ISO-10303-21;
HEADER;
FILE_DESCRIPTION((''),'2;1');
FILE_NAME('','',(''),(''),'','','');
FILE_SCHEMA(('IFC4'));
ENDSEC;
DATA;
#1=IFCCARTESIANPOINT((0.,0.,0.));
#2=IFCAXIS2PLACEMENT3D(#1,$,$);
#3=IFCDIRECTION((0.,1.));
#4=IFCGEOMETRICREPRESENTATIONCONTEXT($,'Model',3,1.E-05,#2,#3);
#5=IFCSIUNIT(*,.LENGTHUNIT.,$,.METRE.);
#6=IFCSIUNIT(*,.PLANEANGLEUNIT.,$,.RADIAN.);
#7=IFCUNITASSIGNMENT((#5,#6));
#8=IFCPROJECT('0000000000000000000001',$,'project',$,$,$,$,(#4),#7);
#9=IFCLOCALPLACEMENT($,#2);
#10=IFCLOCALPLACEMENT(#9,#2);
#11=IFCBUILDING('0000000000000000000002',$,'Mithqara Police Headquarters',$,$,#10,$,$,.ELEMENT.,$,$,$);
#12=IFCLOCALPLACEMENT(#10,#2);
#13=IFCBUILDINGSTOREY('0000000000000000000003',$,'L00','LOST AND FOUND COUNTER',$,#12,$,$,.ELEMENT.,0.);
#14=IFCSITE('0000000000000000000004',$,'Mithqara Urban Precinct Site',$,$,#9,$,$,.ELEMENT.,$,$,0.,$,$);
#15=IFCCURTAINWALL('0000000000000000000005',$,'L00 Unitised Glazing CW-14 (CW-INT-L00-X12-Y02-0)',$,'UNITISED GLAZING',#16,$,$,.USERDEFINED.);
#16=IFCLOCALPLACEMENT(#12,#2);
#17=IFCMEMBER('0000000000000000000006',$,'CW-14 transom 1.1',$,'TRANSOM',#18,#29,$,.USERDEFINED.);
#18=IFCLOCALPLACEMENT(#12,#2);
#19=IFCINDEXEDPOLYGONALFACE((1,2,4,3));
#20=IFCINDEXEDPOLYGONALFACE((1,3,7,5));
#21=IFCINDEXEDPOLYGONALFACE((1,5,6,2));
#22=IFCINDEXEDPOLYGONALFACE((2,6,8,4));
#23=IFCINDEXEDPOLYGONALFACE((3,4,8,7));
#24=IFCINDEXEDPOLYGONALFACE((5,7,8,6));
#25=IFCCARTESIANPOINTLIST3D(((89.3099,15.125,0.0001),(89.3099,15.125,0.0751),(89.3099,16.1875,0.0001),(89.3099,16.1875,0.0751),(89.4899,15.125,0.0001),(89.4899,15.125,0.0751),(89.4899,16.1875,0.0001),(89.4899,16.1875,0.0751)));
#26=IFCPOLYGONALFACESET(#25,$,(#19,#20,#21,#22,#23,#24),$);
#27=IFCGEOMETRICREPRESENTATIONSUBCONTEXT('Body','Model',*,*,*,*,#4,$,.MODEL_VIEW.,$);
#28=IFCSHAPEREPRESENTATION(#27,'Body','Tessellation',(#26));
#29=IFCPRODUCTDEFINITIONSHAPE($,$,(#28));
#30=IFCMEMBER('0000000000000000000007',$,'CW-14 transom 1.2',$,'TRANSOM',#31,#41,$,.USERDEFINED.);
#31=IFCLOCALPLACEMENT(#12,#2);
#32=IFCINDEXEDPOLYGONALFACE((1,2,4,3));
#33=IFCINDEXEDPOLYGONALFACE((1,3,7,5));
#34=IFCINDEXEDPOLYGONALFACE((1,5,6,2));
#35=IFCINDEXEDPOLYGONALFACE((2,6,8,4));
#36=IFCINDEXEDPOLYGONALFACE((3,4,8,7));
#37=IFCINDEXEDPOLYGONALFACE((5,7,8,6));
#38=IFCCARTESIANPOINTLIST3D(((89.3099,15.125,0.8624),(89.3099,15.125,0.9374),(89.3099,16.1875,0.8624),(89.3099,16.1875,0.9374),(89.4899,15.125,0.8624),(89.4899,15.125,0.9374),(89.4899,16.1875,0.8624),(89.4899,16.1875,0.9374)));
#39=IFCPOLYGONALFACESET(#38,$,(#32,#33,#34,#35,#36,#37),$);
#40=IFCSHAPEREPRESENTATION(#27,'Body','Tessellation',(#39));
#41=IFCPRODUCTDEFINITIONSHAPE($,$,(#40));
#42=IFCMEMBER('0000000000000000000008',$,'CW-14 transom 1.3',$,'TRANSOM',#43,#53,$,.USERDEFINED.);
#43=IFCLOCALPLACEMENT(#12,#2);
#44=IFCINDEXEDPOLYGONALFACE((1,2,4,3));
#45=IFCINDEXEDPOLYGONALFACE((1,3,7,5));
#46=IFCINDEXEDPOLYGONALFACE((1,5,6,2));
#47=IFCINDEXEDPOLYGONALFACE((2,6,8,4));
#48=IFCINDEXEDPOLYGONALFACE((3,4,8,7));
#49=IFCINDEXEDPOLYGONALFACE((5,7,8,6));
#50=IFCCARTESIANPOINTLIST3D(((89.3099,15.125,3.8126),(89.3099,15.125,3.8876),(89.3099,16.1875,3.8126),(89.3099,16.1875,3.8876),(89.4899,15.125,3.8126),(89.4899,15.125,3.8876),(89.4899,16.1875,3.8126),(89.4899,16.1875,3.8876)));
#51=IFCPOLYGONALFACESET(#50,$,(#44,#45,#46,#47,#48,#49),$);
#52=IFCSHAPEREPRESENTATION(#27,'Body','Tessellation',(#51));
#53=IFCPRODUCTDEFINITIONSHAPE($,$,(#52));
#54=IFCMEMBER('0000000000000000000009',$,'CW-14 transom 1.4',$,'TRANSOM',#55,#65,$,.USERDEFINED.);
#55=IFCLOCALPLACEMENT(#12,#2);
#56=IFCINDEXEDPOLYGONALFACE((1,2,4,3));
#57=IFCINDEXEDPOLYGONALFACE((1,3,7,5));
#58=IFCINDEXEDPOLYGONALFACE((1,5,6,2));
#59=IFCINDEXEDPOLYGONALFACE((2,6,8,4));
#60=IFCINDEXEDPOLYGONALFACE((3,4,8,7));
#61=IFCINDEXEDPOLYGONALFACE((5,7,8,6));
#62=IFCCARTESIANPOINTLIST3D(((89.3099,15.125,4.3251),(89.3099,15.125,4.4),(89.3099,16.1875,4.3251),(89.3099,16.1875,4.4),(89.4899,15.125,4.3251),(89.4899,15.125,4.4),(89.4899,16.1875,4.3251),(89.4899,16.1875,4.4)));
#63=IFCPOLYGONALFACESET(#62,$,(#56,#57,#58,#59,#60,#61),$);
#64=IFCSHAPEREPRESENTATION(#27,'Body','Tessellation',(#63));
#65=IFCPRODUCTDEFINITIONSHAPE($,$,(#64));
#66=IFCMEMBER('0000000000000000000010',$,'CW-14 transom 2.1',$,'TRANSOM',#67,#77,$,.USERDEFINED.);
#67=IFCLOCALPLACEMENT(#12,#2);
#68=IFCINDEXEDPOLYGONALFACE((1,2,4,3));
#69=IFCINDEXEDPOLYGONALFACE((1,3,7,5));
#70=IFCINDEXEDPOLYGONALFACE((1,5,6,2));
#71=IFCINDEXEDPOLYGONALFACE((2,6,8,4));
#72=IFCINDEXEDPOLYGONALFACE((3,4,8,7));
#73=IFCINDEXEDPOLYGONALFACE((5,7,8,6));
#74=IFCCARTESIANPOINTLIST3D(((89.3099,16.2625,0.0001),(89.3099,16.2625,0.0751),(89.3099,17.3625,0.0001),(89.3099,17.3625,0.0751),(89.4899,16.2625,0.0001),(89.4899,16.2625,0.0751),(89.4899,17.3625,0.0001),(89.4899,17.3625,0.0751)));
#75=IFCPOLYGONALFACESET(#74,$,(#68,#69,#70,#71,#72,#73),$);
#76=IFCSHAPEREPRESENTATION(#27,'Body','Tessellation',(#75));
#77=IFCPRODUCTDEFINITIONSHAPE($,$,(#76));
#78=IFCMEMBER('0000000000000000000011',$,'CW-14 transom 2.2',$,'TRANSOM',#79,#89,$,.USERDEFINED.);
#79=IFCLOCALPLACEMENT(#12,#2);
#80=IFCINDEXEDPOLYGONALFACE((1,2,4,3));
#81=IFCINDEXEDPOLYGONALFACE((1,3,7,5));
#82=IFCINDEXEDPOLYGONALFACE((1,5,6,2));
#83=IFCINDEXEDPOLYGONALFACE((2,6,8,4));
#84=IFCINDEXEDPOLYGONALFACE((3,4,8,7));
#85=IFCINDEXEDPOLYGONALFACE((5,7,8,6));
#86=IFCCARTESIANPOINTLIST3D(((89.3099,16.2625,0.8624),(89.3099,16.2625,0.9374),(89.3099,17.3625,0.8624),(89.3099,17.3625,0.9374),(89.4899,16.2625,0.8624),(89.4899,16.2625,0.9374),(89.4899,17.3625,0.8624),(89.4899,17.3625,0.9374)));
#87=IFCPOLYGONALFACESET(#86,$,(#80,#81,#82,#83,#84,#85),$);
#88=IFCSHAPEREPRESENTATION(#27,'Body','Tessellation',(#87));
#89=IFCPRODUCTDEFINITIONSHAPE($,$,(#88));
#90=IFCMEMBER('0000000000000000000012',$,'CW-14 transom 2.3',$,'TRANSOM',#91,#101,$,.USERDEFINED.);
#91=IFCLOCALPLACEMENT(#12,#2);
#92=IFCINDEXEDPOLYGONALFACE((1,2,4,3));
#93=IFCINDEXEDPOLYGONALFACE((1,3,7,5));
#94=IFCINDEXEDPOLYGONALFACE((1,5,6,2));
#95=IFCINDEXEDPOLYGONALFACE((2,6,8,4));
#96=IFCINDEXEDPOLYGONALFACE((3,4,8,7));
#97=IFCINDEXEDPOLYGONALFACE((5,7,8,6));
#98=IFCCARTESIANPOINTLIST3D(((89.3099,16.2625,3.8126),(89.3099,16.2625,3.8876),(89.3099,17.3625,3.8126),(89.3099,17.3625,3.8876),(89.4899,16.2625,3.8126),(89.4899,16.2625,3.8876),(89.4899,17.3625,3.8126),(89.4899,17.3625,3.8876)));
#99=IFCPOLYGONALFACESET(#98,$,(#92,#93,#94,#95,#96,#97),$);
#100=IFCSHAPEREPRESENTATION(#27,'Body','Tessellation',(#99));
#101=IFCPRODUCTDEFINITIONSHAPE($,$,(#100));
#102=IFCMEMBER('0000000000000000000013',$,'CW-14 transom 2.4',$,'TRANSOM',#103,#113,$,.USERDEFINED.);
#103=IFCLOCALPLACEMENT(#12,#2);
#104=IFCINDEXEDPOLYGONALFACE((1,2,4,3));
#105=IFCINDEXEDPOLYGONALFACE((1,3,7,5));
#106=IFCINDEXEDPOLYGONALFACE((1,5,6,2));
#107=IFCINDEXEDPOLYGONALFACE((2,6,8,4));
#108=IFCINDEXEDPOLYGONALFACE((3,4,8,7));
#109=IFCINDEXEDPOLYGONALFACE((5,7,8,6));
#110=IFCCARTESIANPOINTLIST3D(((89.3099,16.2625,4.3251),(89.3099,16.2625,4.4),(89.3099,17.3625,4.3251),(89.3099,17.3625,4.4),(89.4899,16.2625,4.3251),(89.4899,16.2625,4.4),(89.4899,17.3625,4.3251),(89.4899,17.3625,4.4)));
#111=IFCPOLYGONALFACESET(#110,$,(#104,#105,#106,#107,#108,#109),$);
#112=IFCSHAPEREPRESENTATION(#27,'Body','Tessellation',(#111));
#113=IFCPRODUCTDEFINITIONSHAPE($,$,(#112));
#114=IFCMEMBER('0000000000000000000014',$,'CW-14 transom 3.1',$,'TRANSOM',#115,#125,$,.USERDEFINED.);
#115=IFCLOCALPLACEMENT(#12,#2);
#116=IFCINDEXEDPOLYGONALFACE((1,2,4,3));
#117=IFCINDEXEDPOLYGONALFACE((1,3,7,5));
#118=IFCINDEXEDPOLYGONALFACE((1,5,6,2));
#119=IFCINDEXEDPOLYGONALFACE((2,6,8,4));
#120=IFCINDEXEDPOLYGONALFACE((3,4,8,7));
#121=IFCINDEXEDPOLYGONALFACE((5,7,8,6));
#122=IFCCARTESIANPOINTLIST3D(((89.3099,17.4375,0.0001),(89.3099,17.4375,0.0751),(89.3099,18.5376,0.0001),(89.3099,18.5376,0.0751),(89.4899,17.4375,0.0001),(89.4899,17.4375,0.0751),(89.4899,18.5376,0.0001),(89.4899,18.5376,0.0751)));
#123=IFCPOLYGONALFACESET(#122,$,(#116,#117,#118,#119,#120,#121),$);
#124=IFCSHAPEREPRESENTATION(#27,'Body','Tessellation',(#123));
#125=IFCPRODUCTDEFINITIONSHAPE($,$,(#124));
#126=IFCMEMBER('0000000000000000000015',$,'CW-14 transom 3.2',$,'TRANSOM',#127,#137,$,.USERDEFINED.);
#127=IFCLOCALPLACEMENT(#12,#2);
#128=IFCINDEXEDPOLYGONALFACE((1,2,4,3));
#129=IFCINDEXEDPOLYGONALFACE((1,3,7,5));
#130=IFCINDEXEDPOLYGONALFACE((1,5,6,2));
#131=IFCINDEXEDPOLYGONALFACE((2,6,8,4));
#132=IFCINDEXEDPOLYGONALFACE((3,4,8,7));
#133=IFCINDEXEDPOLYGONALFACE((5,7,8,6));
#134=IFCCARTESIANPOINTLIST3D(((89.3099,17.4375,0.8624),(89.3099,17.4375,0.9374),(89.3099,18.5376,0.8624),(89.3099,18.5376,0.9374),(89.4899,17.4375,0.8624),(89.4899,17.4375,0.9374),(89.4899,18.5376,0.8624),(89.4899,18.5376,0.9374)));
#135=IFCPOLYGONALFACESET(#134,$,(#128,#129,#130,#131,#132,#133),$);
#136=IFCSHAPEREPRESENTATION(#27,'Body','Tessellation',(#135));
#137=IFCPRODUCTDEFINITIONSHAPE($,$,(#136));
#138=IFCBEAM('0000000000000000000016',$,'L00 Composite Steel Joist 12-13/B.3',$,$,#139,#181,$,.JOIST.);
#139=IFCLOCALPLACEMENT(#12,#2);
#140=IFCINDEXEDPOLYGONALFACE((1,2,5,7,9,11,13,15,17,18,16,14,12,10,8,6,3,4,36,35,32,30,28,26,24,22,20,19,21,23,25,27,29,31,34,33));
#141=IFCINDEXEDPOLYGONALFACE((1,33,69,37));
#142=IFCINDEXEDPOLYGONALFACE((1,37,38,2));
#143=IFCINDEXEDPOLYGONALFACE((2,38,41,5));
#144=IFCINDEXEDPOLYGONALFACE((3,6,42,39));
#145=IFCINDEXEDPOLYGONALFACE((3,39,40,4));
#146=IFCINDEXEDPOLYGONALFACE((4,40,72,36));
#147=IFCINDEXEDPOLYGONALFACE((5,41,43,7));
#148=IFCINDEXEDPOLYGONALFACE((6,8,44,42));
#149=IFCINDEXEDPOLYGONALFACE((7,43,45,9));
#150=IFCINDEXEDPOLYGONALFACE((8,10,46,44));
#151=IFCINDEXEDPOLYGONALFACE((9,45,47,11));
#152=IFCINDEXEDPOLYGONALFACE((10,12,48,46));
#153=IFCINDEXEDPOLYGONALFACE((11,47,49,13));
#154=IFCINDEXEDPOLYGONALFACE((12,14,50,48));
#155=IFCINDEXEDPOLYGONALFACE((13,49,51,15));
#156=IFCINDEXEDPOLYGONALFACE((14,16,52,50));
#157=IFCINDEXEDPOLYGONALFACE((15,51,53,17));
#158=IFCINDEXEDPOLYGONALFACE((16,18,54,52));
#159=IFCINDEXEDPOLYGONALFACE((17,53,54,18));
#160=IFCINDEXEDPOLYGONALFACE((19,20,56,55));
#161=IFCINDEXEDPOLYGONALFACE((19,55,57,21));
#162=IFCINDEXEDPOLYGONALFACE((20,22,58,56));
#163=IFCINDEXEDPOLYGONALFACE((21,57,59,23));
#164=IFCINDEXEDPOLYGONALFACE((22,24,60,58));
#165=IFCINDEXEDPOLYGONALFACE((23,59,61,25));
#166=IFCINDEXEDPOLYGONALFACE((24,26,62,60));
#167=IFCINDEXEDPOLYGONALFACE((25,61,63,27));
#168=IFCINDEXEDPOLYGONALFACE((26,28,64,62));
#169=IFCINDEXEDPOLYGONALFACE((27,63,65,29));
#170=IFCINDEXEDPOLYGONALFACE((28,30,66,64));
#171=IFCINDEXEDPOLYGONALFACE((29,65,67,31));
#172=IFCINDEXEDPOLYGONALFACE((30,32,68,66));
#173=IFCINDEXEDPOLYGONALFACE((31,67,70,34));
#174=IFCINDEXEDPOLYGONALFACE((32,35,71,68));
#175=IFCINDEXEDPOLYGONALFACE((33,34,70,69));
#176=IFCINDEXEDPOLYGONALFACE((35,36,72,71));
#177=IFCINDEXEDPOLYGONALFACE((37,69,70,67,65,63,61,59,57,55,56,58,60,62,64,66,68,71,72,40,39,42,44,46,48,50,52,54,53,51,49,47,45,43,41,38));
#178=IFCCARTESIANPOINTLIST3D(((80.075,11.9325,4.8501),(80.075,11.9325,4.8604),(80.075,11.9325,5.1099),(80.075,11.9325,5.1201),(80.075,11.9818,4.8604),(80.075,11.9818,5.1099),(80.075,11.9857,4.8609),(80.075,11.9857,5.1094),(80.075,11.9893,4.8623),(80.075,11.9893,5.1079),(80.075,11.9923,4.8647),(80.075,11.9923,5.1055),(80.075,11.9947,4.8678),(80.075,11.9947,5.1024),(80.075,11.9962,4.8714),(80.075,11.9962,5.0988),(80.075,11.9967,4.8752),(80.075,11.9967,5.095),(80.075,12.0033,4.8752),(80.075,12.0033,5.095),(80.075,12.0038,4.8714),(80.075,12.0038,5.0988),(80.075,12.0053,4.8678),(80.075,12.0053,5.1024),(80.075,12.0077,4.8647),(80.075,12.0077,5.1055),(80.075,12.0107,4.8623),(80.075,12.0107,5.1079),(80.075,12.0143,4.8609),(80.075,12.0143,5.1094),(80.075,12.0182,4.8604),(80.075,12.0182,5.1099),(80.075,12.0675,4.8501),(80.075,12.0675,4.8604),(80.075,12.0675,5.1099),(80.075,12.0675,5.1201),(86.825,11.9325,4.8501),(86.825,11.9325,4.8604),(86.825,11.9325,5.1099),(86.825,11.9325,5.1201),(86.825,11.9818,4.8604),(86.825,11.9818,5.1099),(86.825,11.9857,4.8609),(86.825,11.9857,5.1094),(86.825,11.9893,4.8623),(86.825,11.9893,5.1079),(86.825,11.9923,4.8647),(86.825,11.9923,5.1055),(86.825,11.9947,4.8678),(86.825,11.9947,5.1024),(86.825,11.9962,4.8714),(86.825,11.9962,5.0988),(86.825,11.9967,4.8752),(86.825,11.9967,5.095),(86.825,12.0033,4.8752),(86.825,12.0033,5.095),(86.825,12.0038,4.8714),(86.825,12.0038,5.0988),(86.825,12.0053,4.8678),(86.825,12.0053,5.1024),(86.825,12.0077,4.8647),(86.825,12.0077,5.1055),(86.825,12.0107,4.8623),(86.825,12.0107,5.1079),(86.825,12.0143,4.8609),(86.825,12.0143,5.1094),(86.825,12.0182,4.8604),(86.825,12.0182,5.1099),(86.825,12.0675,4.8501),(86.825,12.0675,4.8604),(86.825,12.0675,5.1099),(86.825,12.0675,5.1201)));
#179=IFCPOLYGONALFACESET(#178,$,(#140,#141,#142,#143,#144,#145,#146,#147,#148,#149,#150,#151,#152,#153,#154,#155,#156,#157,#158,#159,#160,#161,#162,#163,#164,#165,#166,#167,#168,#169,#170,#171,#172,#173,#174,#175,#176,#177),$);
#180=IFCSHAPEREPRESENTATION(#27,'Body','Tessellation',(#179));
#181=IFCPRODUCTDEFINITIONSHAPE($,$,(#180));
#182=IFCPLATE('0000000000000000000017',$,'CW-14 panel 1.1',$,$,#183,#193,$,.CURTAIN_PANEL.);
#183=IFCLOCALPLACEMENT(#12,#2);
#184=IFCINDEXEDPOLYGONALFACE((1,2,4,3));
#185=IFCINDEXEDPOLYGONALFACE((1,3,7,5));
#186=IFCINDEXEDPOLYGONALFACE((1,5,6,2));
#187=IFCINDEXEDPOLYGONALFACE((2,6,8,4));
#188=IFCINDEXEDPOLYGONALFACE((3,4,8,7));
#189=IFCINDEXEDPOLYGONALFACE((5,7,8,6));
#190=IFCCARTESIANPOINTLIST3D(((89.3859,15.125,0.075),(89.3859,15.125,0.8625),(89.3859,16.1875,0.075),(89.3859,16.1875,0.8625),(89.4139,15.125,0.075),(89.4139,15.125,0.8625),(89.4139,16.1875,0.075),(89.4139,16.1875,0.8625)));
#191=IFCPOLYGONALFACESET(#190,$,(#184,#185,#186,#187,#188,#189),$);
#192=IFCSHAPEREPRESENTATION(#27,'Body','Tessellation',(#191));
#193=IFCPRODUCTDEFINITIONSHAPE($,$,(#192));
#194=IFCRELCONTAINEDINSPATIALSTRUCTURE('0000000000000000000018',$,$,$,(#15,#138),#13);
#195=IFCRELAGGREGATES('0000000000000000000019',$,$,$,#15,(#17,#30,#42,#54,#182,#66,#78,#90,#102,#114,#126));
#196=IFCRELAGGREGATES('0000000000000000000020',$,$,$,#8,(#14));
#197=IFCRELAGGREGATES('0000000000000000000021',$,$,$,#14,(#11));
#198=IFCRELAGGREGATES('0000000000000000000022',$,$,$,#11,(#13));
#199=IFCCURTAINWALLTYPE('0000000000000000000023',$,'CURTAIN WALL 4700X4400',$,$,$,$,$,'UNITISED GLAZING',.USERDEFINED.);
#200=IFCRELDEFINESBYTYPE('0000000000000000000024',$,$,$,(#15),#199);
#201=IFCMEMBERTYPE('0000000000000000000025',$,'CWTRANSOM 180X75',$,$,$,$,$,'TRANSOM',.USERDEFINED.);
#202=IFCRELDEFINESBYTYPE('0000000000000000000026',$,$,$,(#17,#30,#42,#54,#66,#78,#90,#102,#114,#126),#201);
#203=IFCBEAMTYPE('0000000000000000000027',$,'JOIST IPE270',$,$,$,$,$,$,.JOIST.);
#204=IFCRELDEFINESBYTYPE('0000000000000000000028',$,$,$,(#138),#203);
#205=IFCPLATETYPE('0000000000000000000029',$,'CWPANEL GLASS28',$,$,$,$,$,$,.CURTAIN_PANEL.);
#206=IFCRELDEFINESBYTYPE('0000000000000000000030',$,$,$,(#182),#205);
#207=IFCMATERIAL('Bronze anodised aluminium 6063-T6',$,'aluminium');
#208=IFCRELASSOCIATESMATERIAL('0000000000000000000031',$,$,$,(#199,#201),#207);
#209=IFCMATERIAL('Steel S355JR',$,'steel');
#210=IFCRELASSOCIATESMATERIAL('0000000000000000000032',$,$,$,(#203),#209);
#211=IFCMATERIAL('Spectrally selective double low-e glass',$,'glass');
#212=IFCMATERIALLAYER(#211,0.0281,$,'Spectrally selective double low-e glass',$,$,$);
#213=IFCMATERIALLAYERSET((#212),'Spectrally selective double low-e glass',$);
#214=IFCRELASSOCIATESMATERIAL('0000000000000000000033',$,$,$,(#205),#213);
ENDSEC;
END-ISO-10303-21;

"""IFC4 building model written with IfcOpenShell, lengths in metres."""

from ifc_helpers import new_model, si_unit, direction, frame, origin, origin_2d, place, context, subcontext, project, spatial, rectangle, i_section, extrude, material, layer, layer_set, material_profile, profile_set, type_object, element, aggregate, save


model = new_model("IFC4")

# Units and contexts
model_context = context("Model", 3, precision=1e-05, world=origin(), true_north=direction((0.0, 1.0)))
body_context = subcontext(model_context, "Body", "Model", "MODEL_VIEW")
ifc_project = project(units=[si_unit("LENGTHUNIT", "METRE"), si_unit("PLANEANGLEUNIT", "RADIAN")], contexts=[model_context])

# Site, building, storey
site_placement = place(None, origin())
site = spatial("IfcSite", under=ifc_project, at=site_placement, Name="Mithqara Urban Precinct Site", CompositionType="ELEMENT", RefElevation=0.0)
building_placement = place(site_placement, origin())
building = spatial("IfcBuilding", under=site, at=building_placement, Name="Mithqara Police Headquarters", CompositionType="ELEMENT")
storey_placement = place(building_placement, origin())
storey = spatial("IfcBuildingStorey", under=building, at=storey_placement, Name="L00", Description="LOST AND FOUND COUNTER", CompositionType="ELEMENT", Elevation=0.0)

# Shared definitions
ifc_material_1 = material(Name="Steel S355JR", Category="steel")

# Shared definitions
ifc_material_2 = material(Name="Bronze anodised aluminium 6063-T6", Category="aluminium")
curtain_wall_type = type_object("IfcCurtainWallType", Name="CURTAIN WALL 4700X4400", ElementType="UNITISED GLAZING", PredefinedType="USERDEFINED", material=ifc_material_2)

# Curtain wall, members
curtain_wall_1_placement = place(storey_placement, origin())
curtain_wall_1 = element("IfcCurtainWall", 1, at=curtain_wall_1_placement, inside=storey, type_object=curtain_wall_type, Name="L00 Unitised Glazing CW-14 (CW-INT-L00-X12-Y02-0)", ObjectType="UNITISED GLAZING", PredefinedType="USERDEFINED")
ifc_material_profile_1 = material_profile(ifc_material_2, rectangle(XDim=0.1799, YDim=0.075, at=origin_2d()), Name="CWT 180x75")
ifc_profile_set_1 = profile_set([ifc_material_profile_1], Name="Bronze anodised aluminium 6063-T6")
member_type_1 = type_object("IfcMemberType", Name="CWTRANSOM 180X75", ElementType="TRANSOM", PredefinedType="USERDEFINED", material=ifc_profile_set_1)
member_1_placement = place(storey_placement, frame((89.3999, 15.125, 0.0376), z_axis=(0.0, 1.0, 0.0), x_axis=(-1.0, 0.0, 0.0)))
member_1 = element("IfcMember", 2, at=member_1_placement, type_object=member_type_1, Name="CW-14 transom 1.1", ObjectType="TRANSOM", PredefinedType="USERDEFINED", context=body_context, shape_type="SweptSolid", body=[
    extrude(rectangle(XDim=0.1799, YDim=0.075, at=origin_2d()), origin(), (0.0, 0.0, 1.0), 1.0625),
])
member_2_placement = place(storey_placement, frame((89.3999, 15.125, 0.8999), z_axis=(0.0, 1.0, 0.0), x_axis=(-1.0, 0.0, 0.0)))
member_2 = element("IfcMember", 3, at=member_2_placement, type_object=member_type_1, Name="CW-14 transom 1.2", ObjectType="TRANSOM", PredefinedType="USERDEFINED", context=body_context, shape_type="SweptSolid", body=[
    extrude(rectangle(XDim=0.1799, YDim=0.075, at=origin_2d()), origin(), (0.0, 0.0, 1.0), 1.0625),
])
member_3_placement = place(storey_placement, frame((89.3999, 15.125, 3.8501), z_axis=(0.0, 1.0, 0.0), x_axis=(-1.0, 0.0, 0.0)))
member_3 = element("IfcMember", 4, at=member_3_placement, type_object=member_type_1, Name="CW-14 transom 1.3", ObjectType="TRANSOM", PredefinedType="USERDEFINED", context=body_context, shape_type="SweptSolid", body=[
    extrude(rectangle(XDim=0.1799, YDim=0.075, at=origin_2d()), origin(), (0.0, 0.0, 1.0), 1.0625),
])
member_4_placement = place(storey_placement, frame((89.3999, 15.125, 4.3625), z_axis=(0.0, 1.0, 0.0), x_axis=(-1.0, 0.0, 0.0)))
member_4 = element("IfcMember", 5, at=member_4_placement, type_object=member_type_1, Name="CW-14 transom 1.4", ObjectType="TRANSOM", PredefinedType="USERDEFINED", context=body_context, shape_type="SweptSolid", body=[
    extrude(rectangle(XDim=0.1799, YDim=0.075, at=origin_2d()), origin(), (0.0, 0.0, 1.0), 1.0625),
])
member_5_placement = place(storey_placement, frame((89.3999, 16.2625, 0.0376), z_axis=(0.0, 1.0, 0.0), x_axis=(-1.0, 0.0, 0.0)))
member_5 = element("IfcMember", 6, at=member_5_placement, type_object=member_type_1, Name="CW-14 transom 2.1", ObjectType="TRANSOM", PredefinedType="USERDEFINED", context=body_context, shape_type="SweptSolid", body=[
    extrude(rectangle(XDim=0.1799, YDim=0.075, at=origin_2d()), origin(), (0.0, 0.0, 1.0), 1.1001),
])
member_6_placement = place(storey_placement, frame((89.3999, 16.2625, 0.8999), z_axis=(0.0, 1.0, 0.0), x_axis=(-1.0, 0.0, 0.0)))
member_6 = element("IfcMember", 7, at=member_6_placement, type_object=member_type_1, Name="CW-14 transom 2.2", ObjectType="TRANSOM", PredefinedType="USERDEFINED", context=body_context, shape_type="SweptSolid", body=[
    extrude(rectangle(XDim=0.1799, YDim=0.075, at=origin_2d()), origin(), (0.0, 0.0, 1.0), 1.1001),
])
member_7_placement = place(storey_placement, frame((89.3999, 16.2625, 3.8501), z_axis=(0.0, 1.0, 0.0), x_axis=(-1.0, 0.0, 0.0)))
member_7 = element("IfcMember", 8, at=member_7_placement, type_object=member_type_1, Name="CW-14 transom 2.3", ObjectType="TRANSOM", PredefinedType="USERDEFINED", context=body_context, shape_type="SweptSolid", body=[
    extrude(rectangle(XDim=0.1799, YDim=0.075, at=origin_2d()), origin(), (0.0, 0.0, 1.0), 1.1001),
])
member_8_placement = place(storey_placement, frame((89.3999, 16.2625, 4.3625), z_axis=(0.0, 1.0, 0.0), x_axis=(-1.0, 0.0, 0.0)))
member_8 = element("IfcMember", 9, at=member_8_placement, type_object=member_type_1, Name="CW-14 transom 2.4", ObjectType="TRANSOM", PredefinedType="USERDEFINED", context=body_context, shape_type="SweptSolid", body=[
    extrude(rectangle(XDim=0.1799, YDim=0.075, at=origin_2d()), origin(), (0.0, 0.0, 1.0), 1.1001),
])
member_9_placement = place(storey_placement, frame((89.3999, 17.4375, 0.0376), z_axis=(0.0, 1.0, 0.0), x_axis=(-1.0, 0.0, 0.0)))
member_9 = element("IfcMember", 10, at=member_9_placement, type_object=member_type_1, Name="CW-14 transom 3.1", ObjectType="TRANSOM", PredefinedType="USERDEFINED", context=body_context, shape_type="SweptSolid", body=[
    extrude(rectangle(XDim=0.1799, YDim=0.075, at=origin_2d()), origin(), (0.0, 0.0, 1.0), 1.1001),
])
member_10_placement = place(storey_placement, frame((89.3999, 17.4375, 0.8999), z_axis=(0.0, 1.0, 0.0), x_axis=(-1.0, 0.0, 0.0)))
member_10 = element("IfcMember", 11, at=member_10_placement, type_object=member_type_1, Name="CW-14 transom 3.2", ObjectType="TRANSOM", PredefinedType="USERDEFINED", context=body_context, shape_type="SweptSolid", body=[
    extrude(rectangle(XDim=0.1799, YDim=0.075, at=origin_2d()), origin(), (0.0, 0.0, 1.0), 1.1001),
])

# Beam
ifc_material_profile_2 = material_profile(ifc_material_1, i_section(OverallWidth=0.135, OverallDepth=0.27, WebThickness=0.0066, FlangeThickness=0.0103, FilletRadius=0.0149, at=origin_2d()), Name="IPE 270")
ifc_profile_set_2 = profile_set([ifc_material_profile_2], Name="Steel S355JR")
beam_type_1 = type_object("IfcBeamType", Name="JOIST IPE270", PredefinedType="JOIST", material=ifc_profile_set_2)
beam_1_placement = place(storey_placement, frame((80.075, 12.0, 4.9851), z_axis=(1.0, 0.0, 0.0), x_axis=(0.0, 1.0, 0.0)))
element("IfcBeam", 12, at=beam_1_placement, inside=storey, type_object=beam_type_1, Name="L00 Composite Steel Joist 12-13/B.3", PredefinedType="JOIST", context=body_context, shape_type="SweptSolid", body=[
    extrude(i_section(OverallWidth=0.135, OverallDepth=0.27, WebThickness=0.0066, FlangeThickness=0.0103, FilletRadius=0.0149, at=origin_2d()), origin(), (0.0, 0.0, 1.0), 6.75),
])

# Plate
ifc_material_3 = material(Name="Spectrally selective double low-e glass", Category="glass")
ifc_layer = layer(ifc_material_3, 0.0281, Name="Spectrally selective double low-e glass")
ifc_layer_set = layer_set([ifc_layer], Name="Spectrally selective double low-e glass")
plate_type = type_object("IfcPlateType", Name="CWPANEL GLASS28", PredefinedType="CURTAIN_PANEL", material=ifc_layer_set)
plate_1_placement = place(storey_placement, frame((89.3999, 15.6562, 0.075), z_axis=(0.0, 0.0, 1.0), x_axis=(0.0, 1.0, 0.0)))
plate_1 = element("IfcPlate", 13, at=plate_1_placement, type_object=plate_type, Name="CW-14 panel 1.1", PredefinedType="CURTAIN_PANEL", context=body_context, shape_type="SweptSolid", body=[
    extrude(rectangle(XDim=1.0625, YDim=0.0281, at=origin_2d()), origin(), (0.0, 0.0, 1.0), 0.7876),
])
aggregate(curtain_wall_1, [member_1, member_2, member_3, member_4, plate_1, member_5, member_6, member_7, member_8, member_9, member_10])

save(model, "model.ifc")
